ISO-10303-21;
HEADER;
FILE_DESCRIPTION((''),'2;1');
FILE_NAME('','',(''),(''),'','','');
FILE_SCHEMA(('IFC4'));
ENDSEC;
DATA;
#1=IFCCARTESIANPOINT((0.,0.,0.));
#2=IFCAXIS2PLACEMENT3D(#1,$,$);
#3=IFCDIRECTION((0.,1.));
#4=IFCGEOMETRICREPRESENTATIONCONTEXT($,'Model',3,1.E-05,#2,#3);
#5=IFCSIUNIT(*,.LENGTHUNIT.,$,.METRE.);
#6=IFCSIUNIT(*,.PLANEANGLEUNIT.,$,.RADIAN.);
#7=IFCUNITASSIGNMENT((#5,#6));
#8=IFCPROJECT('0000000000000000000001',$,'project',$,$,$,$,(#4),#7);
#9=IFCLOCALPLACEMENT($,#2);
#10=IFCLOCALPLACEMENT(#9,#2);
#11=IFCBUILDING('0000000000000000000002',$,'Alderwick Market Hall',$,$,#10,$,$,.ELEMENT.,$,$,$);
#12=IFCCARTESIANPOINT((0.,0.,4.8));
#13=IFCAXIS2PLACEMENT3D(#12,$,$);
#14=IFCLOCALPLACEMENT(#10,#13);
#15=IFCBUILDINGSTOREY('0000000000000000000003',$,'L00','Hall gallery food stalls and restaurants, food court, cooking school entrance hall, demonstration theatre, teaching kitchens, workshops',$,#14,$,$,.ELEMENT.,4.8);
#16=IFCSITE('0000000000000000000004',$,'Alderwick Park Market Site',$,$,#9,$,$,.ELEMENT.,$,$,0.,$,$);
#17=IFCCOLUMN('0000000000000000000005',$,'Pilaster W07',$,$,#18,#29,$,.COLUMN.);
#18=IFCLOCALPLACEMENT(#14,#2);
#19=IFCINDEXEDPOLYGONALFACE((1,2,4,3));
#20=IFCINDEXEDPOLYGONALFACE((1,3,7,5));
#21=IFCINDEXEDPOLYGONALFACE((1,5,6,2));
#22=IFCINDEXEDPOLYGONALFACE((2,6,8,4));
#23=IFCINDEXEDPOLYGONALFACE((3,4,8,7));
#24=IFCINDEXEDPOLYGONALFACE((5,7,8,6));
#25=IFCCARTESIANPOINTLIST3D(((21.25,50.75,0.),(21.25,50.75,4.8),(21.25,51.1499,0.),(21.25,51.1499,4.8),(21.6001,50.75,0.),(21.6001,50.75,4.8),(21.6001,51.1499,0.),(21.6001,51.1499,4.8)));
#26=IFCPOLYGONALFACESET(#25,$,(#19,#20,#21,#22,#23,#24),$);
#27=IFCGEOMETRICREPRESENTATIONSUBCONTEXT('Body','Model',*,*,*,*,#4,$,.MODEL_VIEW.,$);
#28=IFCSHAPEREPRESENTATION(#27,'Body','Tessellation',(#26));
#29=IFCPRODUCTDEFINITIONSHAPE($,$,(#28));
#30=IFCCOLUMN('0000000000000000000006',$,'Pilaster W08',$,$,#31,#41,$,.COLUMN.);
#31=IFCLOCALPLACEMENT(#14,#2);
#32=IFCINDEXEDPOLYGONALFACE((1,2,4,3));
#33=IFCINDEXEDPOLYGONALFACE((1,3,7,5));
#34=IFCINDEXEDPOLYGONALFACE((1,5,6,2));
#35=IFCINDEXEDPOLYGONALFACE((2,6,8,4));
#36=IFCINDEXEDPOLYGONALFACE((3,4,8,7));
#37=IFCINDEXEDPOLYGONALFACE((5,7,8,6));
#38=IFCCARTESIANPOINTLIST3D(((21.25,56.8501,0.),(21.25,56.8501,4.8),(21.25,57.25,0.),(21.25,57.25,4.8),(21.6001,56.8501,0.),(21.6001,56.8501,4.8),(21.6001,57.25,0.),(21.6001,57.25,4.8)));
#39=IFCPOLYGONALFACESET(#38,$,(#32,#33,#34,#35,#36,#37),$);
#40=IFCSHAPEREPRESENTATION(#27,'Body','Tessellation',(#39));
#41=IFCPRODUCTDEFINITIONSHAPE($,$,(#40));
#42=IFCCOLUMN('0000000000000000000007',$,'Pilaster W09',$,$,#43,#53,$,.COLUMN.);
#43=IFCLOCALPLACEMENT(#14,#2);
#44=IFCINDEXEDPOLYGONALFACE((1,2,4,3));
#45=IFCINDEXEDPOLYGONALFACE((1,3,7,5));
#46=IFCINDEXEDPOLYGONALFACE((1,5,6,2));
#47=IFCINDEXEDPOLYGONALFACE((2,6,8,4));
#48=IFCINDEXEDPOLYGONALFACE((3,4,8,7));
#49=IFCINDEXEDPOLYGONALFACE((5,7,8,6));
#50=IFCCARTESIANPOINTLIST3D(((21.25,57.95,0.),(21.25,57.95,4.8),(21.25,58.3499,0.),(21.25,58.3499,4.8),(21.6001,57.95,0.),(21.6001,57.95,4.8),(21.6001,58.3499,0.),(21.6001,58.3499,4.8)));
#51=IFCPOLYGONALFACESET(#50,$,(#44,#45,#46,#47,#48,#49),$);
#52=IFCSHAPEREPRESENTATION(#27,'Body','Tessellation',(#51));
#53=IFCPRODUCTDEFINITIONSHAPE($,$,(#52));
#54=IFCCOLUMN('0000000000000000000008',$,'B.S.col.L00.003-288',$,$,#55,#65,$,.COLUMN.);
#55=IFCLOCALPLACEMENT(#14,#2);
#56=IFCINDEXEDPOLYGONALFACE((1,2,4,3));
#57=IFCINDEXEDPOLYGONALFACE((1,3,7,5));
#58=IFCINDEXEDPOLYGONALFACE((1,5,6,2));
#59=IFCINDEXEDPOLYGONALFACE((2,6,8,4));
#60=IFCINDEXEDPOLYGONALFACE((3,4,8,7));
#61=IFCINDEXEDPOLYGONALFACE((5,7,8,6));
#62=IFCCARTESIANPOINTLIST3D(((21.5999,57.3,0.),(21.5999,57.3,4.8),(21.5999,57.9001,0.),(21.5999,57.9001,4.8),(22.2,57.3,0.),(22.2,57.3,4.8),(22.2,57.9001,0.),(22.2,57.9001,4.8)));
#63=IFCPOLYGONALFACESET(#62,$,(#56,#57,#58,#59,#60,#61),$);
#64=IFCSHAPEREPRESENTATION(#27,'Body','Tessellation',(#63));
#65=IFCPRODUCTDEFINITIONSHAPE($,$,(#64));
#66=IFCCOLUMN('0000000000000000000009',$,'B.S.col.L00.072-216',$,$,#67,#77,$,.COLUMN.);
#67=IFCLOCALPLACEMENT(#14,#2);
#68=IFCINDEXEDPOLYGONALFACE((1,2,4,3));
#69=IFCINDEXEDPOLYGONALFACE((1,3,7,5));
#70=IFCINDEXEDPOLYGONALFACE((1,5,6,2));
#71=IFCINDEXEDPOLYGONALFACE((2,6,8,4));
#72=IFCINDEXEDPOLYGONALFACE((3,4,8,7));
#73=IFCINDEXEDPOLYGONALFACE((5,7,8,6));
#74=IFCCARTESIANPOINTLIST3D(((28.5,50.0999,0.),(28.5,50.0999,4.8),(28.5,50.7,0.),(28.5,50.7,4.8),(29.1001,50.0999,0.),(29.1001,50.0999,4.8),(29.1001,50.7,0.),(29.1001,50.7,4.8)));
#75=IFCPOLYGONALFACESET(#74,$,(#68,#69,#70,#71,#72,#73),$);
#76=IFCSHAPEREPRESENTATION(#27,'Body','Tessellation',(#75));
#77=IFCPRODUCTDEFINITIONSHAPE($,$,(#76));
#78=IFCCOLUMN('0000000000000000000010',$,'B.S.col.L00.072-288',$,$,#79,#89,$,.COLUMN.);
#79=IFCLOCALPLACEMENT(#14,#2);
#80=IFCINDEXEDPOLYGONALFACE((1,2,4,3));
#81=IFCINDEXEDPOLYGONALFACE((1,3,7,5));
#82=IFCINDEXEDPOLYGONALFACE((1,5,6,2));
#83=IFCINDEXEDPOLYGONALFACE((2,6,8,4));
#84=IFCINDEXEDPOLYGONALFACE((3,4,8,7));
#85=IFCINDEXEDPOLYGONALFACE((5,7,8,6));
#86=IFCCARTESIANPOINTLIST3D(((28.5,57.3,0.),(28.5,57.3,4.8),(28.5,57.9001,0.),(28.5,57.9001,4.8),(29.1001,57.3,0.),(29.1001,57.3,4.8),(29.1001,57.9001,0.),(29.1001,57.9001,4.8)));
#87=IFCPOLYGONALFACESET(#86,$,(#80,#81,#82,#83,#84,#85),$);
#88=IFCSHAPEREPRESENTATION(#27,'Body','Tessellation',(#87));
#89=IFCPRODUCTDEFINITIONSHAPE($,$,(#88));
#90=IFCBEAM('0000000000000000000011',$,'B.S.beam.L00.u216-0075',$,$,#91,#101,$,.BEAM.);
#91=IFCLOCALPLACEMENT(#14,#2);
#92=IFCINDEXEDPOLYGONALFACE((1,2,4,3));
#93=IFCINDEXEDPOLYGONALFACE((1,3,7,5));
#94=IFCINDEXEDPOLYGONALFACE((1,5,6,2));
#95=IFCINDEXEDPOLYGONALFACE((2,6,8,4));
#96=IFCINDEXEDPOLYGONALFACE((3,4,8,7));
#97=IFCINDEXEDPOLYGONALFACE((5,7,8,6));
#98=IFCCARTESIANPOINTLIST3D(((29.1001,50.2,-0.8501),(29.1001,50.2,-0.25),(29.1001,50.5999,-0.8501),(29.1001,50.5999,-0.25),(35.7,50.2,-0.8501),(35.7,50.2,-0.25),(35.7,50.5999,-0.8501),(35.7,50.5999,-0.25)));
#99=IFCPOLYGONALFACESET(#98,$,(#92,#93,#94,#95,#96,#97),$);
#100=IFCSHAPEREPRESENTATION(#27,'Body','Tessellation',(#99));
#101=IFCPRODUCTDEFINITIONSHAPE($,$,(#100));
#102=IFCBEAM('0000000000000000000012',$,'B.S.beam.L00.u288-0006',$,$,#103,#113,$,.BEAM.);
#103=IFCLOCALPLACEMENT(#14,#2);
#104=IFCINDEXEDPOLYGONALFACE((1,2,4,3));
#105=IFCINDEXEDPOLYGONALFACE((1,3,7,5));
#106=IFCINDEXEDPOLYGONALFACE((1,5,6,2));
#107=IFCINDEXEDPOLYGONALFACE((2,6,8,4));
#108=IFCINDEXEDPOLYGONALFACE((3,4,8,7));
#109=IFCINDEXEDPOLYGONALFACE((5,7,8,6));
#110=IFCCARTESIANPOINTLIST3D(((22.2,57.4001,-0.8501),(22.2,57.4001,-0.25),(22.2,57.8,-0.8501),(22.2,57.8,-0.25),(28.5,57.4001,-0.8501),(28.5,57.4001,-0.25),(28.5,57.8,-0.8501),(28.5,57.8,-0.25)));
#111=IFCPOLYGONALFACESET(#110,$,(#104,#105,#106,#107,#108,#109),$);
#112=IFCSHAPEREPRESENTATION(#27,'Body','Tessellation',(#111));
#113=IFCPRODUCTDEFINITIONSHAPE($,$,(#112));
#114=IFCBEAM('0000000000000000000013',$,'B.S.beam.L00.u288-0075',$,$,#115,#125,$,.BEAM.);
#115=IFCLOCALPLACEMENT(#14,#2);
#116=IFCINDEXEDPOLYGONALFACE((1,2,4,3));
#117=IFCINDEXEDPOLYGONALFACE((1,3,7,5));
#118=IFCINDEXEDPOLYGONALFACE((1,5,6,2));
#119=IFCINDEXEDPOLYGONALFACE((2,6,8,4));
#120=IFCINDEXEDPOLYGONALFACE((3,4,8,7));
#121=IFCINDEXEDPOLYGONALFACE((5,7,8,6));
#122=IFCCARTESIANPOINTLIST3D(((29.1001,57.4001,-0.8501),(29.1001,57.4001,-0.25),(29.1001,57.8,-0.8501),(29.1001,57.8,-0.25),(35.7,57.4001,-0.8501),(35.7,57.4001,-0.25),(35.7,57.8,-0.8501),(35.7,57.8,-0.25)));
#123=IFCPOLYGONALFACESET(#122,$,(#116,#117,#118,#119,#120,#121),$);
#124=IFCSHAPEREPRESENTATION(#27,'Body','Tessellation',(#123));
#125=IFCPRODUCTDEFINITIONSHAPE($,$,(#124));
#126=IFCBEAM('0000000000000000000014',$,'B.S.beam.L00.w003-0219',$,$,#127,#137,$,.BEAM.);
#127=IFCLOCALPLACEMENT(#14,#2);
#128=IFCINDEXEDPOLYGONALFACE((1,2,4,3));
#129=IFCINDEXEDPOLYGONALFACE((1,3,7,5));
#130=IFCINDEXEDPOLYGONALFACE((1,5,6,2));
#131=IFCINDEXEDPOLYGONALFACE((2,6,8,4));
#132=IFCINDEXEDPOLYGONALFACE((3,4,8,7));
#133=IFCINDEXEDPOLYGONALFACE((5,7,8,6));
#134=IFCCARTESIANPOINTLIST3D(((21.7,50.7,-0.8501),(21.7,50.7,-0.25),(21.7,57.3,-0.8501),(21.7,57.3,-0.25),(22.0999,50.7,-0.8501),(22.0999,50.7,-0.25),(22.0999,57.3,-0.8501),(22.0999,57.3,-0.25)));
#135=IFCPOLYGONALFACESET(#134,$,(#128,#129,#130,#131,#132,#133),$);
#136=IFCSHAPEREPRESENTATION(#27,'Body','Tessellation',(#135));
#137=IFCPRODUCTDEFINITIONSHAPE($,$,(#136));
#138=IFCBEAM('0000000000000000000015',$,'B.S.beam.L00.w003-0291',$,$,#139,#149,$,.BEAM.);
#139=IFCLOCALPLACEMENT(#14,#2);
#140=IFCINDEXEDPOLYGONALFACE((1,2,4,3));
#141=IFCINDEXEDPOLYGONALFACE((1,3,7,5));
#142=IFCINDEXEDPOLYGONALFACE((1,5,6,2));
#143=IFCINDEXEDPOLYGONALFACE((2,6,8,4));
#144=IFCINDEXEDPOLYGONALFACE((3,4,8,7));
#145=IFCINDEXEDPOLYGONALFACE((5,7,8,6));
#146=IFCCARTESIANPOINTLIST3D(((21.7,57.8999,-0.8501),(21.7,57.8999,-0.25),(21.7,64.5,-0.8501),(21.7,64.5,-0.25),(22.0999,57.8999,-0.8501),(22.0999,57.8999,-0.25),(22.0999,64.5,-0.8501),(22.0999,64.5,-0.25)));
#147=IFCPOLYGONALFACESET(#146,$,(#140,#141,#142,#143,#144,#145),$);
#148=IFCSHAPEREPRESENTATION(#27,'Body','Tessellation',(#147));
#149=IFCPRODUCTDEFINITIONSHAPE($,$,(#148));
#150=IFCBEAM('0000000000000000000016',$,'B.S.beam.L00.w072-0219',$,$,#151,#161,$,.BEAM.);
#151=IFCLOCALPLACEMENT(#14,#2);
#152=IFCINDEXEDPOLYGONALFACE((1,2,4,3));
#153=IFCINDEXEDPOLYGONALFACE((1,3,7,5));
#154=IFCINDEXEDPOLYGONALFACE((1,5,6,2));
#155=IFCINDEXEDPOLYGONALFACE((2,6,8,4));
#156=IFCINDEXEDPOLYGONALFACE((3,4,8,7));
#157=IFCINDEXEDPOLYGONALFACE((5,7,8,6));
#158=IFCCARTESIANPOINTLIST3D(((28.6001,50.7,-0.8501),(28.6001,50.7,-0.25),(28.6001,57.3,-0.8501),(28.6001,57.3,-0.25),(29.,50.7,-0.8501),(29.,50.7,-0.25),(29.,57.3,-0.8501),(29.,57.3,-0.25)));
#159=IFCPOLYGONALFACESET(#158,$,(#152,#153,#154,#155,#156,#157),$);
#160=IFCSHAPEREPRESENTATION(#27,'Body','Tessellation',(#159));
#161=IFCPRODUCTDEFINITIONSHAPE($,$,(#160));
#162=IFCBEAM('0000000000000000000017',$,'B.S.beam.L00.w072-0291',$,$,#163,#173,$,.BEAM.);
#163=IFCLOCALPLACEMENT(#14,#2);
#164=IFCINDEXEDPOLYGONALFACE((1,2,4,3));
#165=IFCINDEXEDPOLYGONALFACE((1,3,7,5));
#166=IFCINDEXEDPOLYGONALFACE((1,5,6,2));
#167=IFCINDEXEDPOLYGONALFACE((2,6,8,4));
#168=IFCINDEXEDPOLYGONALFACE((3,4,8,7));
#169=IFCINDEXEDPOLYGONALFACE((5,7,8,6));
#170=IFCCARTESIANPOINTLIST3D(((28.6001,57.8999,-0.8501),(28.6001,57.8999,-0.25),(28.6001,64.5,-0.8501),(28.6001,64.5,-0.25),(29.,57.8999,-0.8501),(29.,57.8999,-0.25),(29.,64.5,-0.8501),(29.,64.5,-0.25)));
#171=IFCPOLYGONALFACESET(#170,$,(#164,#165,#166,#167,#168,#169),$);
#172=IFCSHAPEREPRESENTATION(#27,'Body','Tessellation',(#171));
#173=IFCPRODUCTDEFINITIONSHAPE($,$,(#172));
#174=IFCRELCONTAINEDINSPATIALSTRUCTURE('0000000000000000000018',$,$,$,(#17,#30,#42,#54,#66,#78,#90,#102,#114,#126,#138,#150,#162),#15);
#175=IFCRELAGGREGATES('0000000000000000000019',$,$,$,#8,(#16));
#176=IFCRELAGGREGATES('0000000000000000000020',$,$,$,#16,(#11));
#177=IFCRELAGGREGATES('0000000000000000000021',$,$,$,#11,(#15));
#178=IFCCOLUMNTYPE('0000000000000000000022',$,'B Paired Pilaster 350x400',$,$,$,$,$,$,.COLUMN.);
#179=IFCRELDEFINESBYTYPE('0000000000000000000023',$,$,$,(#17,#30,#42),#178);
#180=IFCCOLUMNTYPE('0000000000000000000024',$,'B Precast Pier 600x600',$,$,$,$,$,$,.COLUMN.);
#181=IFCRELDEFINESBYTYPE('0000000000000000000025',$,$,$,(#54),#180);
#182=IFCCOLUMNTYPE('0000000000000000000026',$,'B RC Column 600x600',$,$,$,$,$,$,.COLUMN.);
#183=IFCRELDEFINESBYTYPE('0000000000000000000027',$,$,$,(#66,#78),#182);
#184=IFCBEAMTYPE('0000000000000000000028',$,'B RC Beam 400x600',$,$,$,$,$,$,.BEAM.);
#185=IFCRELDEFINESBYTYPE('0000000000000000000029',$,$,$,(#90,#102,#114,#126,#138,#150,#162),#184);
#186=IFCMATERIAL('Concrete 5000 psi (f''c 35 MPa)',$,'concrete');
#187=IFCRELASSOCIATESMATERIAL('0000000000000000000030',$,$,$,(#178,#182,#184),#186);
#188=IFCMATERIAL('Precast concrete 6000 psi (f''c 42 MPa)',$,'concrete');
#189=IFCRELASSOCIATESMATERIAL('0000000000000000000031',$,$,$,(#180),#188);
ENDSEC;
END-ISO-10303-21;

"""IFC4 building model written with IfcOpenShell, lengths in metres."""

from ifc_helpers import new_model, si_unit, direction, frame, origin, origin_2d, place, context, subcontext, project, spatial, rectangle, extrude, material, material_profile, profile_set, type_object, element, save


model = new_model("IFC4")

# Units and contexts
model_context = context("Model", 3, precision=1e-05, world=origin(), true_north=direction((0.0, 1.0)))
body_context = subcontext(model_context, "Body", "Model", "MODEL_VIEW")
ifc_project = project(units=[si_unit("LENGTHUNIT", "METRE"), si_unit("PLANEANGLEUNIT", "RADIAN")], contexts=[model_context])

# Site, building, storey
site_placement = place(None, origin())
site = spatial("IfcSite", under=ifc_project, at=site_placement, Name="Alderwick Park Market Site", CompositionType="ELEMENT", RefElevation=0.0)
building_placement = place(site_placement, origin())
building = spatial("IfcBuilding", under=site, at=building_placement, Name="Alderwick Market Hall", CompositionType="ELEMENT")
storey_placement = place(building_placement, frame((0.0, 0.0, 4.8)))
storey = spatial("IfcBuildingStorey", under=building, at=storey_placement, Name="L00", Description="Hall gallery food stalls and restaurants, food court, cooking school entrance hall, demonstration theatre, teaching kitchens, workshops", CompositionType="ELEMENT", Elevation=4.8)

# Columns
ifc_material_1 = material(Name="Concrete 5000 psi (f'c 35 MPa)", Category="concrete")
ifc_material_profile_1 = material_profile(ifc_material_1, rectangle(XDim=0.3501, YDim=0.3999, at=origin_2d()), Name="B Paired Pilaster 350x400")
ifc_profile_set_1 = profile_set([ifc_material_profile_1], Name="Concrete 5000 psi (f'c 35 MPa)")
column_type_1 = type_object("IfcColumnType", Name="B Paired Pilaster 350x400", PredefinedType="COLUMN", material=ifc_profile_set_1)
for number, where, z_axis, x_axis, name in (
    (1, (21.425, 50.95, 0.0), (0.0, 0.0, 1.0), (1.0, 0.0, 0.0), "Pilaster W07"),
    (2, (21.425, 57.05, 0.0), (0.0, 0.0, 1.0), (1.0, 0.0, 0.0), "Pilaster W08"),
    (3, (21.425, 58.1499, 0.0), (0.0, 0.0, 1.0), (1.0, 0.0, 0.0), "Pilaster W09"),
):
    element("IfcColumn", number, at=place(storey_placement, frame(where, z_axis=z_axis, x_axis=x_axis)), inside=storey, type_object=column_type_1, Name=name, PredefinedType="COLUMN", context=body_context, shape_type="SweptSolid", body=[
        extrude(rectangle(XDim=0.3501, YDim=0.3999, at=origin_2d()), origin(), (0.0, 0.0, 1.0), 4.8),
    ])
ifc_material_2 = material(Name="Precast concrete 6000 psi (f'c 42 MPa)", Category="concrete")
ifc_material_profile_2 = material_profile(ifc_material_2, rectangle(XDim=0.6001, YDim=0.6001, at=origin_2d()), Name="B Precast Pier 600x600")
ifc_profile_set_2 = profile_set([ifc_material_profile_2], Name="Precast concrete 6000 psi (f'c 42 MPa)")
column_type_2 = type_object("IfcColumnType", Name="B Precast Pier 600x600", PredefinedType="COLUMN", material=ifc_profile_set_2)
column_placement = place(storey_placement, frame((21.8999, 57.6001, 0.0), z_axis=(0.0, 0.0, 1.0), x_axis=(1.0, 0.0, 0.0)))
element("IfcColumn", 4, at=column_placement, inside=storey, type_object=column_type_2, Name="B.S.col.L00.003-288", PredefinedType="COLUMN", context=body_context, shape_type="SweptSolid", body=[
    extrude(rectangle(XDim=0.6001, YDim=0.6001, at=origin_2d()), origin(), (0.0, 0.0, 1.0), 4.8),
])
ifc_material_profile_3 = material_profile(ifc_material_1, rectangle(XDim=0.6001, YDim=0.6001, at=origin_2d()), Name="B RC Column 600x600")
ifc_profile_set_3 = profile_set([ifc_material_profile_3], Name="Concrete 5000 psi (f'c 35 MPa)")
column_type_3 = type_object("IfcColumnType", Name="B RC Column 600x600", PredefinedType="COLUMN", material=ifc_profile_set_3)
for number, where, z_axis, x_axis, name in (
    (5, (28.8, 50.3999, 0.0), (0.0, 0.0, 1.0), (1.0, 0.0, 0.0), "B.S.col.L00.072-216"),
    (6, (28.8, 57.6001, 0.0), (0.0, 0.0, 1.0), (1.0, 0.0, 0.0), "B.S.col.L00.072-288"),
):
    element("IfcColumn", number, at=place(storey_placement, frame(where, z_axis=z_axis, x_axis=x_axis)), inside=storey, type_object=column_type_3, Name=name, PredefinedType="COLUMN", context=body_context, shape_type="SweptSolid", body=[
        extrude(rectangle(XDim=0.6001, YDim=0.6001, at=origin_2d()), origin(), (0.0, 0.0, 1.0), 4.8),
    ])

# Beams
ifc_material_profile_4 = material_profile(ifc_material_1, rectangle(XDim=0.3999, YDim=0.6001, at=origin_2d()), Name="B RC Beam 400x600")
ifc_profile_set_4 = profile_set([ifc_material_profile_4], Name="Concrete 5000 psi (f'c 35 MPa)")
beam_type = type_object("IfcBeamType", Name="B RC Beam 400x600", PredefinedType="BEAM", material=ifc_profile_set_4)
beam_1_placement = place(storey_placement, frame((29.1001, 50.3999, -0.55), z_axis=(1.0, 0.0, 0.0), x_axis=(0.0, 1.0, 0.0)))
element("IfcBeam", 7, at=beam_1_placement, inside=storey, type_object=beam_type, Name="B.S.beam.L00.u216-0075", PredefinedType="BEAM", context=body_context, shape_type="SweptSolid", body=[
    extrude(rectangle(XDim=0.3999, YDim=0.6001, at=origin_2d()), origin(), (0.0, 0.0, 1.0), 6.5999),
])
beam_2_placement = place(storey_placement, frame((22.2, 57.6001, -0.55), z_axis=(1.0, 0.0, 0.0), x_axis=(0.0, 1.0, 0.0)))
element("IfcBeam", 8, at=beam_2_placement, inside=storey, type_object=beam_type, Name="B.S.beam.L00.u288-0006", PredefinedType="BEAM", context=body_context, shape_type="SweptSolid", body=[
    extrude(rectangle(XDim=0.3999, YDim=0.6001, at=origin_2d()), origin(), (0.0, 0.0, 1.0), 6.3),
])
beam_3_placement = place(storey_placement, frame((29.1001, 57.6001, -0.55), z_axis=(1.0, 0.0, 0.0), x_axis=(0.0, 1.0, 0.0)))
element("IfcBeam", 9, at=beam_3_placement, inside=storey, type_object=beam_type, Name="B.S.beam.L00.u288-0075", PredefinedType="BEAM", context=body_context, shape_type="SweptSolid", body=[
    extrude(rectangle(XDim=0.3999, YDim=0.6001, at=origin_2d()), origin(), (0.0, 0.0, 1.0), 6.5999),
])
for number, where, z_axis, x_axis, name in (
    (10, (21.8999, 50.7, -0.55), (0.0, 1.0, 0.0), (-1.0, 0.0, 0.0), "B.S.beam.L00.w003-0219"),
    (11, (21.8999, 57.8999, -0.55), (0.0, 1.0, 0.0), (-1.0, 0.0, 0.0), "B.S.beam.L00.w003-0291"),
    (12, (28.8, 50.7, -0.55), (0.0, 1.0, 0.0), (-1.0, 0.0, 0.0), "B.S.beam.L00.w072-0219"),
    (13, (28.8, 57.8999, -0.55), (0.0, 1.0, 0.0), (-1.0, 0.0, 0.0), "B.S.beam.L00.w072-0291"),
):
    element("IfcBeam", number, at=place(storey_placement, frame(where, z_axis=z_axis, x_axis=x_axis)), inside=storey, type_object=beam_type, Name=name, PredefinedType="BEAM", context=body_context, shape_type="SweptSolid", body=[
        extrude(rectangle(XDim=0.3999, YDim=0.6001, at=origin_2d()), origin(), (0.0, 0.0, 1.0), 6.6001),
    ])

save(model, "model.ifc")
